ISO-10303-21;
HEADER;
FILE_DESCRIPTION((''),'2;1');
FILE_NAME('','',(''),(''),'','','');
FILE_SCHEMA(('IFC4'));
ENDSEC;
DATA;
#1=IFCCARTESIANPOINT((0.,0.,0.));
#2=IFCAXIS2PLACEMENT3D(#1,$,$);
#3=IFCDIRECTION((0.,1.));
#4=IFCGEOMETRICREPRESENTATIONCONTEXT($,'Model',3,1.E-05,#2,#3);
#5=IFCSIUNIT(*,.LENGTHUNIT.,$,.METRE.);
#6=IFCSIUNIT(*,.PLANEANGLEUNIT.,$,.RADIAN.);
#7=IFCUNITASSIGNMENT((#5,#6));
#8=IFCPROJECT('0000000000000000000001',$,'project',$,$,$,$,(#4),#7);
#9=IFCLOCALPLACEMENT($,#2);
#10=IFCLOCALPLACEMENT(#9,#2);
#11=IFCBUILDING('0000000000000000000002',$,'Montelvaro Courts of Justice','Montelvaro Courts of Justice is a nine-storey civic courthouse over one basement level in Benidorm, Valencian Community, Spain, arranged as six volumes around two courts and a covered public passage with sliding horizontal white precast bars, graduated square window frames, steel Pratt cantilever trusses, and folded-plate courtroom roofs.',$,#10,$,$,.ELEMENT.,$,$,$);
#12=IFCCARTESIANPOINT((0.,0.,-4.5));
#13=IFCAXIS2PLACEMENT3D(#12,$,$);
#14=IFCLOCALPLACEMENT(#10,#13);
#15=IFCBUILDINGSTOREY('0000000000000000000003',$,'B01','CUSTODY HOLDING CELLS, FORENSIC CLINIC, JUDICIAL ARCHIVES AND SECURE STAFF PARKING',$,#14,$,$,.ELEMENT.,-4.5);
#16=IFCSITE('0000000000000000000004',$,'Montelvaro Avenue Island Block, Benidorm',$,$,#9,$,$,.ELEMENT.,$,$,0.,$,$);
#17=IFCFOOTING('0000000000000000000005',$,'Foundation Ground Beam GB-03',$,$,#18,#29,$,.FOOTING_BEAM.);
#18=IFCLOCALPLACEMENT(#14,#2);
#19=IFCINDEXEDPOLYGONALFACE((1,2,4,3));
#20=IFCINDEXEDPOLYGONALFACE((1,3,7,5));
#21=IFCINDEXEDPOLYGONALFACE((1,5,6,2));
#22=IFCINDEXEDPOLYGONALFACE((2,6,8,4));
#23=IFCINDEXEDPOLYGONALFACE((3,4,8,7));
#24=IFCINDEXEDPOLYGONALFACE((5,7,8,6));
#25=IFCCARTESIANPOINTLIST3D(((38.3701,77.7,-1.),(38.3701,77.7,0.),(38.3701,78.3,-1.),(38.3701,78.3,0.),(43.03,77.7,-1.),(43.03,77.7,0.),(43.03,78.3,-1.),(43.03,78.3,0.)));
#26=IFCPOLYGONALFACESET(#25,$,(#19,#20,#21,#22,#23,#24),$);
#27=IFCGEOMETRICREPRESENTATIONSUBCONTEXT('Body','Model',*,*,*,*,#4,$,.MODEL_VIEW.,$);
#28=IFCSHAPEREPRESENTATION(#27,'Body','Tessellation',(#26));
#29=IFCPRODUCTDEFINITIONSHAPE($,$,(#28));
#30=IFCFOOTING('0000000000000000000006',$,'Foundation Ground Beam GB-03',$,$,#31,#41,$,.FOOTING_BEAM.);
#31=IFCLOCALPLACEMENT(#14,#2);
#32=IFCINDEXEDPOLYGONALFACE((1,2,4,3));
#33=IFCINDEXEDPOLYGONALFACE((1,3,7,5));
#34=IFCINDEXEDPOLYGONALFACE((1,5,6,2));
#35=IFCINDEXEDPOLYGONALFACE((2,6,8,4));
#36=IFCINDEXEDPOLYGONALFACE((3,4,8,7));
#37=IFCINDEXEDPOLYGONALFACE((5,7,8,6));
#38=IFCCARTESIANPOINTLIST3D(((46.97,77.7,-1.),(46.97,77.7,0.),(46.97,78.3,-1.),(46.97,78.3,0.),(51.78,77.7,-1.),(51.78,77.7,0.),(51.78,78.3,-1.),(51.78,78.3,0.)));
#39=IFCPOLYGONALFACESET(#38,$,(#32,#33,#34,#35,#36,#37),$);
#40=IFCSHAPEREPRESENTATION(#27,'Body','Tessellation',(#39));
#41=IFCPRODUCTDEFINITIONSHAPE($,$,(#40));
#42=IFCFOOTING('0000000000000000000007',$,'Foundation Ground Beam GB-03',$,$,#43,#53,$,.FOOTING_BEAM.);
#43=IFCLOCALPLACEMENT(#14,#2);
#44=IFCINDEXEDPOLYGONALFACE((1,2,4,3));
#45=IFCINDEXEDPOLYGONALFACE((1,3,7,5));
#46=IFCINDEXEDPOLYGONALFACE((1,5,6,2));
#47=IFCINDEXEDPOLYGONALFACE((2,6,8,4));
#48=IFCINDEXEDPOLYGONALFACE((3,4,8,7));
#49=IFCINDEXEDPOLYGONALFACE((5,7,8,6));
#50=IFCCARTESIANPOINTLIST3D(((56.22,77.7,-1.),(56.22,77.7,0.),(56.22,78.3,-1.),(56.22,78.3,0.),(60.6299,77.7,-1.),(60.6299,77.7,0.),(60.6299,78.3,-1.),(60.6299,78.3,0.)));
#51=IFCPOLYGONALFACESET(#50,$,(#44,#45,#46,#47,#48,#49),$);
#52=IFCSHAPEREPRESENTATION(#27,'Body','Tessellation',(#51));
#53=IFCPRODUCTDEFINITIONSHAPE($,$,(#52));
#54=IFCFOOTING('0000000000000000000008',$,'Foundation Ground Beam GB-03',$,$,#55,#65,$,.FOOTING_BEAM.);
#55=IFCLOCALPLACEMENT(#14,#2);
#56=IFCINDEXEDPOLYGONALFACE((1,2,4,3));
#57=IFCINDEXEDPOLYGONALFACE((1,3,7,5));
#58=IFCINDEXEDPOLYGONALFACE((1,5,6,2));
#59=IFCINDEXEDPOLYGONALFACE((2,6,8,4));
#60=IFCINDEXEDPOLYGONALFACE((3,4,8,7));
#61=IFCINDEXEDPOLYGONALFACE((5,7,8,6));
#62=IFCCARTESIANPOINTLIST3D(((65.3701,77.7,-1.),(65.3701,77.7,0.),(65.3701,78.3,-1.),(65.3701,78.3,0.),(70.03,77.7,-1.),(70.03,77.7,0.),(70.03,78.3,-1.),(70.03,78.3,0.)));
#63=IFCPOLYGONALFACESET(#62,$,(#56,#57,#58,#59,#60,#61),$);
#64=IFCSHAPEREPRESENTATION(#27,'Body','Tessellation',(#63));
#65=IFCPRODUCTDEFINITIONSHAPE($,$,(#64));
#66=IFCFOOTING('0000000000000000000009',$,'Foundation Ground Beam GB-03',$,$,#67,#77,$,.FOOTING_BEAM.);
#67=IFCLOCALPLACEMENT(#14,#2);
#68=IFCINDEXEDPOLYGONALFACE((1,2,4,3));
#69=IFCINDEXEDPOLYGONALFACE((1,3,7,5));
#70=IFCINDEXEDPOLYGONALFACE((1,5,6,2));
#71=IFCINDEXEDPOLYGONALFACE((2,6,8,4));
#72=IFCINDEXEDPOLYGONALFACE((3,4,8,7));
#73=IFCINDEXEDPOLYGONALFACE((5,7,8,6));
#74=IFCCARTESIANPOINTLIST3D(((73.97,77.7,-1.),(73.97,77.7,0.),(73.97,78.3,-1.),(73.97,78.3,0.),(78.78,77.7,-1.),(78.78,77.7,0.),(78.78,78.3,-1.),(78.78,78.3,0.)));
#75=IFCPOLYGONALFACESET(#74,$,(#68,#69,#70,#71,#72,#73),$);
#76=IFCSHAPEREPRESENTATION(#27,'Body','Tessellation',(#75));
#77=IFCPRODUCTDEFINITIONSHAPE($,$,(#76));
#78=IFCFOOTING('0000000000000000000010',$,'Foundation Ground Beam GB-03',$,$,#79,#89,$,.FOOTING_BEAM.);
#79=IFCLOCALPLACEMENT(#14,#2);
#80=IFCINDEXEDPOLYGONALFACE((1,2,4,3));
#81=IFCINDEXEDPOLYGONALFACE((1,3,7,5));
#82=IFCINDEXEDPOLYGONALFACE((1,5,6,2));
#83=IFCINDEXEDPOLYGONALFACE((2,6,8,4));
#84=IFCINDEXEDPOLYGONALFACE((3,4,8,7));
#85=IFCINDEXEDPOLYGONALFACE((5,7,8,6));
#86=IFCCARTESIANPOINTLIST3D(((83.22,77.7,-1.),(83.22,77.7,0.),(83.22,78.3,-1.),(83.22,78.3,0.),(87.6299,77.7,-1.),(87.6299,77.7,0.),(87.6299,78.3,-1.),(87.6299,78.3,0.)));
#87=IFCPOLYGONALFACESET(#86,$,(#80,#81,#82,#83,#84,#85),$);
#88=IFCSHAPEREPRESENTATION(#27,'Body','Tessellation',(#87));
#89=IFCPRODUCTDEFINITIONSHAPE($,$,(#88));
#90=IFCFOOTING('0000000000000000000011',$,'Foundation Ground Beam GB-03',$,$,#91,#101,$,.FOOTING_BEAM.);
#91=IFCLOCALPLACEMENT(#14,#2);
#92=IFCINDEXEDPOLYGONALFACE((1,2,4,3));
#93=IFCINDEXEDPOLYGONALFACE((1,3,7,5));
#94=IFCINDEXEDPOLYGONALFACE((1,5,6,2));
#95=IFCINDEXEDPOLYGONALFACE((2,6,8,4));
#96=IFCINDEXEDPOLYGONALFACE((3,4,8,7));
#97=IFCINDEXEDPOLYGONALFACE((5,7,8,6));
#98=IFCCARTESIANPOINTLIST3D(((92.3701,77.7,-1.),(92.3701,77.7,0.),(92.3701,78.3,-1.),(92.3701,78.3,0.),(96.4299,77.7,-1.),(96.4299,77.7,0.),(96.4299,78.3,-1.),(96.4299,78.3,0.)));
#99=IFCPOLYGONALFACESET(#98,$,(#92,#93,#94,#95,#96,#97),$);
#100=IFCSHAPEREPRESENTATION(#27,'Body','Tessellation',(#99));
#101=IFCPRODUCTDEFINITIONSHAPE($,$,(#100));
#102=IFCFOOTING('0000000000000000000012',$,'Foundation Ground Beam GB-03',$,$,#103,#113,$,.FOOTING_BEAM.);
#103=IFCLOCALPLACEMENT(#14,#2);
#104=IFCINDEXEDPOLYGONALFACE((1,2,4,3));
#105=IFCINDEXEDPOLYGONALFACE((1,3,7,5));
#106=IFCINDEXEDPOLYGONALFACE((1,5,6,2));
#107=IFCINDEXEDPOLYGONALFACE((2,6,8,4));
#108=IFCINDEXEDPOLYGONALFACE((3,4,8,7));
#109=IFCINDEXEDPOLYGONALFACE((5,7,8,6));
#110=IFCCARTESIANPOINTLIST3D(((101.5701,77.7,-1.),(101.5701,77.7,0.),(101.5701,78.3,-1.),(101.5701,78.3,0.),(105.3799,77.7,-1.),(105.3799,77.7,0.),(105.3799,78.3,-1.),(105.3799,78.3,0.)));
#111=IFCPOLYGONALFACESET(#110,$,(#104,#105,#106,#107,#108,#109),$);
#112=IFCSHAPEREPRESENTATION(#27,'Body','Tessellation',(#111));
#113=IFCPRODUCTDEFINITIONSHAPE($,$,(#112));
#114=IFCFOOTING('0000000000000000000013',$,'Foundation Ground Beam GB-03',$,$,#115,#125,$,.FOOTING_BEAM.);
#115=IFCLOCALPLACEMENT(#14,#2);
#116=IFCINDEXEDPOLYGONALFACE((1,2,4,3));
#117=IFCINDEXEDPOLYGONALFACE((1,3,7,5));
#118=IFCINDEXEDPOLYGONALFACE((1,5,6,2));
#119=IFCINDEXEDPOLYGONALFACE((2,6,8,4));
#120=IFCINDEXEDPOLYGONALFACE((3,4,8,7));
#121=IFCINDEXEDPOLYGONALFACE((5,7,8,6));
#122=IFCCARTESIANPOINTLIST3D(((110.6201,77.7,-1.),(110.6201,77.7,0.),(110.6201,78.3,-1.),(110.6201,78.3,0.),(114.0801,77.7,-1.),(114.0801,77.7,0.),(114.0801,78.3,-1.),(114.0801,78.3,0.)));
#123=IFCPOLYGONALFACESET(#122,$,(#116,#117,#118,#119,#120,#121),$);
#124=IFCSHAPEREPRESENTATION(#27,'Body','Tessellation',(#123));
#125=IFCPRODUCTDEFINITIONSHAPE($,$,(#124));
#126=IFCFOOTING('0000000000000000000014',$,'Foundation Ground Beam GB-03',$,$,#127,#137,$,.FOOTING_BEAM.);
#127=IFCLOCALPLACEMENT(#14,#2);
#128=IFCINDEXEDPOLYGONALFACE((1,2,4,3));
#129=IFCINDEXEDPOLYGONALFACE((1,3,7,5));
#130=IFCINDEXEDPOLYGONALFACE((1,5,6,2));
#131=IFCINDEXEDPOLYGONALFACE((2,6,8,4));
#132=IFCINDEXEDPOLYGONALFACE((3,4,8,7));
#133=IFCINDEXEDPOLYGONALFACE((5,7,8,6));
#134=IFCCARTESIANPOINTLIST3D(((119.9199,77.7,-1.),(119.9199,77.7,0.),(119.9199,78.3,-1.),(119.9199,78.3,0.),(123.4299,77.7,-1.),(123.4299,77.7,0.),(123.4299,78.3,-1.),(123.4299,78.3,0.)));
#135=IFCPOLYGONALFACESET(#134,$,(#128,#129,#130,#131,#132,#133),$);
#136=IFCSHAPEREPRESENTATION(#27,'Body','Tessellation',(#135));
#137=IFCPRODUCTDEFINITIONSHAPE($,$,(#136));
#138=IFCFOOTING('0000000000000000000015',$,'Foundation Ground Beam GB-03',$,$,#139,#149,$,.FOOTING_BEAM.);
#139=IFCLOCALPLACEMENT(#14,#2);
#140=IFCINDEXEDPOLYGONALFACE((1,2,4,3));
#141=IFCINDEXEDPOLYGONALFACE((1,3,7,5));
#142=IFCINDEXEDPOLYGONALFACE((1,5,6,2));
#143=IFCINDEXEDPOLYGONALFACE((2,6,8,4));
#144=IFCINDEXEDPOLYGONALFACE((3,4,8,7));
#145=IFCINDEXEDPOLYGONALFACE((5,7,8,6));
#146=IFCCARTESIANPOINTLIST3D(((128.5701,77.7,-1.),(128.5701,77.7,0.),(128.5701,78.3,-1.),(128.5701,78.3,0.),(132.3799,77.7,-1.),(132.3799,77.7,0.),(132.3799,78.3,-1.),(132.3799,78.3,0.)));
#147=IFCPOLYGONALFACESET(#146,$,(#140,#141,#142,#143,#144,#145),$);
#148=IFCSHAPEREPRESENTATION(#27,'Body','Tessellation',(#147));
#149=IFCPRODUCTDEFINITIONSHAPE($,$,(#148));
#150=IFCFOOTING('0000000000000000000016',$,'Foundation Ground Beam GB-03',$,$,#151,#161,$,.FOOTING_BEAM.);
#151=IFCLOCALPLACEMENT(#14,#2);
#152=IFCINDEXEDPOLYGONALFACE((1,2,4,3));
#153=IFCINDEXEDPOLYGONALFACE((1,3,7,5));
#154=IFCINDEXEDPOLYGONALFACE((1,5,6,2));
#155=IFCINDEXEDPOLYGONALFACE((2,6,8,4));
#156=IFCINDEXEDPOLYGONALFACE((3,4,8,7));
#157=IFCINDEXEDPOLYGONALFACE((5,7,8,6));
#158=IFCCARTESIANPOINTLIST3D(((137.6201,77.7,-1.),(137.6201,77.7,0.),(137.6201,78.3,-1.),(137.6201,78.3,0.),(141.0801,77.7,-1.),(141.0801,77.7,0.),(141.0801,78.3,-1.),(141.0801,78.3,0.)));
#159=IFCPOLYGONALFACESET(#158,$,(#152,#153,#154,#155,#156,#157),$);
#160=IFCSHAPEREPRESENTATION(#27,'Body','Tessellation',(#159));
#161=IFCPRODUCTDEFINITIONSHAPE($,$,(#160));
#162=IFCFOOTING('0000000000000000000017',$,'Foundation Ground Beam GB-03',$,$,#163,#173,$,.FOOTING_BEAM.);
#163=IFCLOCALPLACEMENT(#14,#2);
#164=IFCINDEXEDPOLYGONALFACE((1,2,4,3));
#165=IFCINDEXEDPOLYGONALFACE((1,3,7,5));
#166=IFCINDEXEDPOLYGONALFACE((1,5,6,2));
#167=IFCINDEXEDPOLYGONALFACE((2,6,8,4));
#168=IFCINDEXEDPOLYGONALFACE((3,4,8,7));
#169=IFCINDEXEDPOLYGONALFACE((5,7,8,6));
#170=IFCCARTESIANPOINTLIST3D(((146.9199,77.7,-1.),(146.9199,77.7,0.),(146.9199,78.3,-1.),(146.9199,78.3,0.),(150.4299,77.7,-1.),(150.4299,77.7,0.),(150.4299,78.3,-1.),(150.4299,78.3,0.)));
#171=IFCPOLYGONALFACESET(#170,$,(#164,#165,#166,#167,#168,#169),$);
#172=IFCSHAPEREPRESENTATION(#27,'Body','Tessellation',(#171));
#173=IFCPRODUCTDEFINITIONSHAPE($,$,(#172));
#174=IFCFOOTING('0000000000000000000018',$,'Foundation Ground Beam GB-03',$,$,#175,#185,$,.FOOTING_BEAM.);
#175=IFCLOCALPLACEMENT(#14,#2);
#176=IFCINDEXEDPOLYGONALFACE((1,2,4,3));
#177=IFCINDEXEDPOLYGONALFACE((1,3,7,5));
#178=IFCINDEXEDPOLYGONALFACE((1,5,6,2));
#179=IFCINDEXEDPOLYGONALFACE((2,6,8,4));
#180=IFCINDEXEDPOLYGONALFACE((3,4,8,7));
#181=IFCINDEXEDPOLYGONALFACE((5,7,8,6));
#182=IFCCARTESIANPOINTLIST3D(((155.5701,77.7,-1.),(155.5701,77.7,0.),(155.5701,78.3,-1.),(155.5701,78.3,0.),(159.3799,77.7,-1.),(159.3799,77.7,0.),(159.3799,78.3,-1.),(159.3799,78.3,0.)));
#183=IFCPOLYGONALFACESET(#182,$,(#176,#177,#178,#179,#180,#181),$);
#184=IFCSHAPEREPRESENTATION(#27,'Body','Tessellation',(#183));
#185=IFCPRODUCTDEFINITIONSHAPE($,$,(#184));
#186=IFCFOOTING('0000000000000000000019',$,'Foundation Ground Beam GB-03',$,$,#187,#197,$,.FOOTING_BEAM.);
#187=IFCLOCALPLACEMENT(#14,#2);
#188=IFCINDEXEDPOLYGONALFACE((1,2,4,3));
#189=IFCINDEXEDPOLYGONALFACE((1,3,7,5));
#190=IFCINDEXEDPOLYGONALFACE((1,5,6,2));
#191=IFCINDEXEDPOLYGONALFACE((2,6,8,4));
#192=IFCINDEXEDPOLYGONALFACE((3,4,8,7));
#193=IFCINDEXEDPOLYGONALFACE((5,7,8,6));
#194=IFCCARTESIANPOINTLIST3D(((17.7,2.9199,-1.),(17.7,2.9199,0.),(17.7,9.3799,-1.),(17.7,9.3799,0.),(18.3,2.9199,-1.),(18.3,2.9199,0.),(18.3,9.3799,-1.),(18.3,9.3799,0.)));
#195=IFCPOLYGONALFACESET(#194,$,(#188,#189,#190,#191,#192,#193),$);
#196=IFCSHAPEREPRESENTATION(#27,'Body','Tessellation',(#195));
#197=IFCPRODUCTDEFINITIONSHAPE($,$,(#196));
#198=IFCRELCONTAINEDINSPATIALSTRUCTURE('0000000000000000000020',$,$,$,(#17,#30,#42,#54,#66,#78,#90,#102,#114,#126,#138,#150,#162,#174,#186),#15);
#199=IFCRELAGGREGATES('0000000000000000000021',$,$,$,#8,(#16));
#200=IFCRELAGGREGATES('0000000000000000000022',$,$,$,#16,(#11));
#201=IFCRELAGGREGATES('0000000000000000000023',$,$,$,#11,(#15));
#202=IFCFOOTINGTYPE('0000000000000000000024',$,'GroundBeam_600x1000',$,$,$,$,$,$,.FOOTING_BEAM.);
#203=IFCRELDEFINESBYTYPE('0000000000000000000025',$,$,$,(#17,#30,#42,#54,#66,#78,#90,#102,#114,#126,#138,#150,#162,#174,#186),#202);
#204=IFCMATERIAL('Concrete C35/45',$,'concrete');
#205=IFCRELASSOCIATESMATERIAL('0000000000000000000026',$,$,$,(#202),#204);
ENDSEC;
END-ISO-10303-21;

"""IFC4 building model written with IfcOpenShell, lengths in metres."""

from ifc_helpers import new_model, si_unit, direction, frame, origin, place, context, subcontext, project, spatial, polyline, outline, extrude, material, type_object, element, save


model = new_model("IFC4")

# Units and contexts
model_context = context("Model", 3, precision=1e-05, world=origin(), true_north=direction((0.0, 1.0)))
body_context = subcontext(model_context, "Body", "Model", "MODEL_VIEW")
ifc_project = project(units=[si_unit("LENGTHUNIT", "METRE"), si_unit("PLANEANGLEUNIT", "RADIAN")], contexts=[model_context])

# Site, building, storey
site_placement = place(None, origin())
site = spatial("IfcSite", under=ifc_project, at=site_placement, Name="Montelvaro Avenue Island Block, Benidorm", CompositionType="ELEMENT", RefElevation=0.0)
building_placement = place(site_placement, origin())
building = spatial("IfcBuilding", under=site, at=building_placement, Name="Montelvaro Courts of Justice", Description="Montelvaro Courts of Justice is a nine-storey civic courthouse over one basement level in Benidorm, Valencian Community, Spain, arranged as six volumes around two courts and a covered public passage with sliding horizontal white precast bars, graduated square window frames, steel Pratt cantilever trusses, and folded-plate courtroom roofs.", CompositionType="ELEMENT")
storey_placement = place(building_placement, frame((0.0, 0.0, -4.5)))
storey = spatial("IfcBuildingStorey", under=building, at=storey_placement, Name="B01", Description="CUSTODY HOLDING CELLS, FORENSIC CLINIC, JUDICIAL ARCHIVES AND SECURE STAFF PARKING", CompositionType="ELEMENT", Elevation=-4.5)

# Footings
ifc_material = material(Name="Concrete C35/45", Category="concrete")
footing_type = type_object("IfcFootingType", Name="GroundBeam_600x1000", PredefinedType="FOOTING_BEAM", material=ifc_material)
footing_1_placement = place(storey_placement, frame((0.0, 0.0, -1.0)))
element("IfcFooting", 1, at=footing_1_placement, inside=storey, type_object=footing_type, Name="Foundation Ground Beam GB-03", PredefinedType="FOOTING_BEAM", context=body_context, shape_type="SweptSolid", body=[
    extrude(outline(polyline([(38.3701, 77.7), (43.03, 77.7), (43.03, 78.3), (38.3701, 78.3), (38.3701, 77.7)])), origin(), (0.0, 0.0, 1.0), 1.0),
])
footing_2_placement = place(storey_placement, frame((0.0, 0.0, -1.0)))
element("IfcFooting", 2, at=footing_2_placement, inside=storey, type_object=footing_type, Name="Foundation Ground Beam GB-03", PredefinedType="FOOTING_BEAM", context=body_context, shape_type="SweptSolid", body=[
    extrude(outline(polyline([(46.97, 77.7), (51.78, 77.7), (51.78, 78.3), (46.97, 78.3), (46.97, 77.7)])), origin(), (0.0, 0.0, 1.0), 1.0),
])
footing_3_placement = place(storey_placement, frame((0.0, 0.0, -1.0)))
element("IfcFooting", 3, at=footing_3_placement, inside=storey, type_object=footing_type, Name="Foundation Ground Beam GB-03", PredefinedType="FOOTING_BEAM", context=body_context, shape_type="SweptSolid", body=[
    extrude(outline(polyline([(56.22, 77.7), (60.6299, 77.7), (60.6299, 78.3), (56.22, 78.3), (56.22, 77.7)])), origin(), (0.0, 0.0, 1.0), 1.0),
])
footing_4_placement = place(storey_placement, frame((0.0, 0.0, -1.0)))
element("IfcFooting", 4, at=footing_4_placement, inside=storey, type_object=footing_type, Name="Foundation Ground Beam GB-03", PredefinedType="FOOTING_BEAM", context=body_context, shape_type="SweptSolid", body=[
    extrude(outline(polyline([(65.3701, 77.7), (70.03, 77.7), (70.03, 78.3), (65.3701, 78.3), (65.3701, 77.7)])), origin(), (0.0, 0.0, 1.0), 1.0),
])
footing_5_placement = place(storey_placement, frame((0.0, 0.0, -1.0)))
element("IfcFooting", 5, at=footing_5_placement, inside=storey, type_object=footing_type, Name="Foundation Ground Beam GB-03", PredefinedType="FOOTING_BEAM", context=body_context, shape_type="SweptSolid", body=[
    extrude(outline(polyline([(73.97, 77.7), (78.78, 77.7), (78.78, 78.3), (73.97, 78.3), (73.97, 77.7)])), origin(), (0.0, 0.0, 1.0), 1.0),
])
footing_6_placement = place(storey_placement, frame((0.0, 0.0, -1.0)))
element("IfcFooting", 6, at=footing_6_placement, inside=storey, type_object=footing_type, Name="Foundation Ground Beam GB-03", PredefinedType="FOOTING_BEAM", context=body_context, shape_type="SweptSolid", body=[
    extrude(outline(polyline([(83.22, 77.7), (87.6299, 77.7), (87.6299, 78.3), (83.22, 78.3), (83.22, 77.7)])), origin(), (0.0, 0.0, 1.0), 1.0),
])
footing_7_placement = place(storey_placement, frame((0.0, 0.0, -1.0)))
element("IfcFooting", 7, at=footing_7_placement, inside=storey, type_object=footing_type, Name="Foundation Ground Beam GB-03", PredefinedType="FOOTING_BEAM", context=body_context, shape_type="SweptSolid", body=[
    extrude(outline(polyline([(92.3701, 77.7), (96.4299, 77.7), (96.4299, 78.3), (92.3701, 78.3), (92.3701, 77.7)])), origin(), (0.0, 0.0, 1.0), 1.0),
])
footing_8_placement = place(storey_placement, frame((0.0, 0.0, -1.0)))
element("IfcFooting", 8, at=footing_8_placement, inside=storey, type_object=footing_type, Name="Foundation Ground Beam GB-03", PredefinedType="FOOTING_BEAM", context=body_context, shape_type="SweptSolid", body=[
    extrude(outline(polyline([(101.5701, 77.7), (105.3799, 77.7), (105.3799, 78.3), (101.5701, 78.3), (101.5701, 77.7)])), origin(), (0.0, 0.0, 1.0), 1.0),
])
footing_9_placement = place(storey_placement, frame((0.0, 0.0, -1.0)))
element("IfcFooting", 9, at=footing_9_placement, inside=storey, type_object=footing_type, Name="Foundation Ground Beam GB-03", PredefinedType="FOOTING_BEAM", context=body_context, shape_type="SweptSolid", body=[
    extrude(outline(polyline([(110.6201, 77.7), (114.0801, 77.7), (114.0801, 78.3), (110.6201, 78.3), (110.6201, 77.7)])), origin(), (0.0, 0.0, 1.0), 1.0),
])
footing_10_placement = place(storey_placement, frame((0.0, 0.0, -1.0)))
element("IfcFooting", 10, at=footing_10_placement, inside=storey, type_object=footing_type, Name="Foundation Ground Beam GB-03", PredefinedType="FOOTING_BEAM", context=body_context, shape_type="SweptSolid", body=[
    extrude(outline(polyline([(119.9199, 77.7), (123.4299, 77.7), (123.4299, 78.3), (119.9199, 78.3), (119.9199, 77.7)])), origin(), (0.0, 0.0, 1.0), 1.0),
])
footing_11_placement = place(storey_placement, frame((0.0, 0.0, -1.0)))
element("IfcFooting", 11, at=footing_11_placement, inside=storey, type_object=footing_type, Name="Foundation Ground Beam GB-03", PredefinedType="FOOTING_BEAM", context=body_context, shape_type="SweptSolid", body=[
    extrude(outline(polyline([(128.5701, 77.7), (132.3799, 77.7), (132.3799, 78.3), (128.5701, 78.3), (128.5701, 77.7)])), origin(), (0.0, 0.0, 1.0), 1.0),
])
footing_12_placement = place(storey_placement, frame((0.0, 0.0, -1.0)))
element("IfcFooting", 12, at=footing_12_placement, inside=storey, type_object=footing_type, Name="Foundation Ground Beam GB-03", PredefinedType="FOOTING_BEAM", context=body_context, shape_type="SweptSolid", body=[
    extrude(outline(polyline([(137.6201, 77.7), (141.0801, 77.7), (141.0801, 78.3), (137.6201, 78.3), (137.6201, 77.7)])), origin(), (0.0, 0.0, 1.0), 1.0),
])
footing_13_placement = place(storey_placement, frame((0.0, 0.0, -1.0)))
element("IfcFooting", 13, at=footing_13_placement, inside=storey, type_object=footing_type, Name="Foundation Ground Beam GB-03", PredefinedType="FOOTING_BEAM", context=body_context, shape_type="SweptSolid", body=[
    extrude(outline(polyline([(146.9199, 77.7), (150.4299, 77.7), (150.4299, 78.3), (146.9199, 78.3), (146.9199, 77.7)])), origin(), (0.0, 0.0, 1.0), 1.0),
])
footing_14_placement = place(storey_placement, frame((0.0, 0.0, -1.0)))
element("IfcFooting", 14, at=footing_14_placement, inside=storey, type_object=footing_type, Name="Foundation Ground Beam GB-03", PredefinedType="FOOTING_BEAM", context=body_context, shape_type="SweptSolid", body=[
    extrude(outline(polyline([(155.5701, 77.7), (159.3799, 77.7), (159.3799, 78.3), (155.5701, 78.3), (155.5701, 77.7)])), origin(), (0.0, 0.0, 1.0), 1.0),
])
footing_15_placement = place(storey_placement, frame((0.0, 0.0, -1.0)))
element("IfcFooting", 15, at=footing_15_placement, inside=storey, type_object=footing_type, Name="Foundation Ground Beam GB-03", PredefinedType="FOOTING_BEAM", context=body_context, shape_type="SweptSolid", body=[
    extrude(outline(polyline([(17.7, 2.9199), (18.3, 2.9199), (18.3, 9.3799), (17.7, 9.3799), (17.7, 2.9199)])), origin(), (0.0, 0.0, 1.0), 1.0),
])

save(model, "model.ifc")
